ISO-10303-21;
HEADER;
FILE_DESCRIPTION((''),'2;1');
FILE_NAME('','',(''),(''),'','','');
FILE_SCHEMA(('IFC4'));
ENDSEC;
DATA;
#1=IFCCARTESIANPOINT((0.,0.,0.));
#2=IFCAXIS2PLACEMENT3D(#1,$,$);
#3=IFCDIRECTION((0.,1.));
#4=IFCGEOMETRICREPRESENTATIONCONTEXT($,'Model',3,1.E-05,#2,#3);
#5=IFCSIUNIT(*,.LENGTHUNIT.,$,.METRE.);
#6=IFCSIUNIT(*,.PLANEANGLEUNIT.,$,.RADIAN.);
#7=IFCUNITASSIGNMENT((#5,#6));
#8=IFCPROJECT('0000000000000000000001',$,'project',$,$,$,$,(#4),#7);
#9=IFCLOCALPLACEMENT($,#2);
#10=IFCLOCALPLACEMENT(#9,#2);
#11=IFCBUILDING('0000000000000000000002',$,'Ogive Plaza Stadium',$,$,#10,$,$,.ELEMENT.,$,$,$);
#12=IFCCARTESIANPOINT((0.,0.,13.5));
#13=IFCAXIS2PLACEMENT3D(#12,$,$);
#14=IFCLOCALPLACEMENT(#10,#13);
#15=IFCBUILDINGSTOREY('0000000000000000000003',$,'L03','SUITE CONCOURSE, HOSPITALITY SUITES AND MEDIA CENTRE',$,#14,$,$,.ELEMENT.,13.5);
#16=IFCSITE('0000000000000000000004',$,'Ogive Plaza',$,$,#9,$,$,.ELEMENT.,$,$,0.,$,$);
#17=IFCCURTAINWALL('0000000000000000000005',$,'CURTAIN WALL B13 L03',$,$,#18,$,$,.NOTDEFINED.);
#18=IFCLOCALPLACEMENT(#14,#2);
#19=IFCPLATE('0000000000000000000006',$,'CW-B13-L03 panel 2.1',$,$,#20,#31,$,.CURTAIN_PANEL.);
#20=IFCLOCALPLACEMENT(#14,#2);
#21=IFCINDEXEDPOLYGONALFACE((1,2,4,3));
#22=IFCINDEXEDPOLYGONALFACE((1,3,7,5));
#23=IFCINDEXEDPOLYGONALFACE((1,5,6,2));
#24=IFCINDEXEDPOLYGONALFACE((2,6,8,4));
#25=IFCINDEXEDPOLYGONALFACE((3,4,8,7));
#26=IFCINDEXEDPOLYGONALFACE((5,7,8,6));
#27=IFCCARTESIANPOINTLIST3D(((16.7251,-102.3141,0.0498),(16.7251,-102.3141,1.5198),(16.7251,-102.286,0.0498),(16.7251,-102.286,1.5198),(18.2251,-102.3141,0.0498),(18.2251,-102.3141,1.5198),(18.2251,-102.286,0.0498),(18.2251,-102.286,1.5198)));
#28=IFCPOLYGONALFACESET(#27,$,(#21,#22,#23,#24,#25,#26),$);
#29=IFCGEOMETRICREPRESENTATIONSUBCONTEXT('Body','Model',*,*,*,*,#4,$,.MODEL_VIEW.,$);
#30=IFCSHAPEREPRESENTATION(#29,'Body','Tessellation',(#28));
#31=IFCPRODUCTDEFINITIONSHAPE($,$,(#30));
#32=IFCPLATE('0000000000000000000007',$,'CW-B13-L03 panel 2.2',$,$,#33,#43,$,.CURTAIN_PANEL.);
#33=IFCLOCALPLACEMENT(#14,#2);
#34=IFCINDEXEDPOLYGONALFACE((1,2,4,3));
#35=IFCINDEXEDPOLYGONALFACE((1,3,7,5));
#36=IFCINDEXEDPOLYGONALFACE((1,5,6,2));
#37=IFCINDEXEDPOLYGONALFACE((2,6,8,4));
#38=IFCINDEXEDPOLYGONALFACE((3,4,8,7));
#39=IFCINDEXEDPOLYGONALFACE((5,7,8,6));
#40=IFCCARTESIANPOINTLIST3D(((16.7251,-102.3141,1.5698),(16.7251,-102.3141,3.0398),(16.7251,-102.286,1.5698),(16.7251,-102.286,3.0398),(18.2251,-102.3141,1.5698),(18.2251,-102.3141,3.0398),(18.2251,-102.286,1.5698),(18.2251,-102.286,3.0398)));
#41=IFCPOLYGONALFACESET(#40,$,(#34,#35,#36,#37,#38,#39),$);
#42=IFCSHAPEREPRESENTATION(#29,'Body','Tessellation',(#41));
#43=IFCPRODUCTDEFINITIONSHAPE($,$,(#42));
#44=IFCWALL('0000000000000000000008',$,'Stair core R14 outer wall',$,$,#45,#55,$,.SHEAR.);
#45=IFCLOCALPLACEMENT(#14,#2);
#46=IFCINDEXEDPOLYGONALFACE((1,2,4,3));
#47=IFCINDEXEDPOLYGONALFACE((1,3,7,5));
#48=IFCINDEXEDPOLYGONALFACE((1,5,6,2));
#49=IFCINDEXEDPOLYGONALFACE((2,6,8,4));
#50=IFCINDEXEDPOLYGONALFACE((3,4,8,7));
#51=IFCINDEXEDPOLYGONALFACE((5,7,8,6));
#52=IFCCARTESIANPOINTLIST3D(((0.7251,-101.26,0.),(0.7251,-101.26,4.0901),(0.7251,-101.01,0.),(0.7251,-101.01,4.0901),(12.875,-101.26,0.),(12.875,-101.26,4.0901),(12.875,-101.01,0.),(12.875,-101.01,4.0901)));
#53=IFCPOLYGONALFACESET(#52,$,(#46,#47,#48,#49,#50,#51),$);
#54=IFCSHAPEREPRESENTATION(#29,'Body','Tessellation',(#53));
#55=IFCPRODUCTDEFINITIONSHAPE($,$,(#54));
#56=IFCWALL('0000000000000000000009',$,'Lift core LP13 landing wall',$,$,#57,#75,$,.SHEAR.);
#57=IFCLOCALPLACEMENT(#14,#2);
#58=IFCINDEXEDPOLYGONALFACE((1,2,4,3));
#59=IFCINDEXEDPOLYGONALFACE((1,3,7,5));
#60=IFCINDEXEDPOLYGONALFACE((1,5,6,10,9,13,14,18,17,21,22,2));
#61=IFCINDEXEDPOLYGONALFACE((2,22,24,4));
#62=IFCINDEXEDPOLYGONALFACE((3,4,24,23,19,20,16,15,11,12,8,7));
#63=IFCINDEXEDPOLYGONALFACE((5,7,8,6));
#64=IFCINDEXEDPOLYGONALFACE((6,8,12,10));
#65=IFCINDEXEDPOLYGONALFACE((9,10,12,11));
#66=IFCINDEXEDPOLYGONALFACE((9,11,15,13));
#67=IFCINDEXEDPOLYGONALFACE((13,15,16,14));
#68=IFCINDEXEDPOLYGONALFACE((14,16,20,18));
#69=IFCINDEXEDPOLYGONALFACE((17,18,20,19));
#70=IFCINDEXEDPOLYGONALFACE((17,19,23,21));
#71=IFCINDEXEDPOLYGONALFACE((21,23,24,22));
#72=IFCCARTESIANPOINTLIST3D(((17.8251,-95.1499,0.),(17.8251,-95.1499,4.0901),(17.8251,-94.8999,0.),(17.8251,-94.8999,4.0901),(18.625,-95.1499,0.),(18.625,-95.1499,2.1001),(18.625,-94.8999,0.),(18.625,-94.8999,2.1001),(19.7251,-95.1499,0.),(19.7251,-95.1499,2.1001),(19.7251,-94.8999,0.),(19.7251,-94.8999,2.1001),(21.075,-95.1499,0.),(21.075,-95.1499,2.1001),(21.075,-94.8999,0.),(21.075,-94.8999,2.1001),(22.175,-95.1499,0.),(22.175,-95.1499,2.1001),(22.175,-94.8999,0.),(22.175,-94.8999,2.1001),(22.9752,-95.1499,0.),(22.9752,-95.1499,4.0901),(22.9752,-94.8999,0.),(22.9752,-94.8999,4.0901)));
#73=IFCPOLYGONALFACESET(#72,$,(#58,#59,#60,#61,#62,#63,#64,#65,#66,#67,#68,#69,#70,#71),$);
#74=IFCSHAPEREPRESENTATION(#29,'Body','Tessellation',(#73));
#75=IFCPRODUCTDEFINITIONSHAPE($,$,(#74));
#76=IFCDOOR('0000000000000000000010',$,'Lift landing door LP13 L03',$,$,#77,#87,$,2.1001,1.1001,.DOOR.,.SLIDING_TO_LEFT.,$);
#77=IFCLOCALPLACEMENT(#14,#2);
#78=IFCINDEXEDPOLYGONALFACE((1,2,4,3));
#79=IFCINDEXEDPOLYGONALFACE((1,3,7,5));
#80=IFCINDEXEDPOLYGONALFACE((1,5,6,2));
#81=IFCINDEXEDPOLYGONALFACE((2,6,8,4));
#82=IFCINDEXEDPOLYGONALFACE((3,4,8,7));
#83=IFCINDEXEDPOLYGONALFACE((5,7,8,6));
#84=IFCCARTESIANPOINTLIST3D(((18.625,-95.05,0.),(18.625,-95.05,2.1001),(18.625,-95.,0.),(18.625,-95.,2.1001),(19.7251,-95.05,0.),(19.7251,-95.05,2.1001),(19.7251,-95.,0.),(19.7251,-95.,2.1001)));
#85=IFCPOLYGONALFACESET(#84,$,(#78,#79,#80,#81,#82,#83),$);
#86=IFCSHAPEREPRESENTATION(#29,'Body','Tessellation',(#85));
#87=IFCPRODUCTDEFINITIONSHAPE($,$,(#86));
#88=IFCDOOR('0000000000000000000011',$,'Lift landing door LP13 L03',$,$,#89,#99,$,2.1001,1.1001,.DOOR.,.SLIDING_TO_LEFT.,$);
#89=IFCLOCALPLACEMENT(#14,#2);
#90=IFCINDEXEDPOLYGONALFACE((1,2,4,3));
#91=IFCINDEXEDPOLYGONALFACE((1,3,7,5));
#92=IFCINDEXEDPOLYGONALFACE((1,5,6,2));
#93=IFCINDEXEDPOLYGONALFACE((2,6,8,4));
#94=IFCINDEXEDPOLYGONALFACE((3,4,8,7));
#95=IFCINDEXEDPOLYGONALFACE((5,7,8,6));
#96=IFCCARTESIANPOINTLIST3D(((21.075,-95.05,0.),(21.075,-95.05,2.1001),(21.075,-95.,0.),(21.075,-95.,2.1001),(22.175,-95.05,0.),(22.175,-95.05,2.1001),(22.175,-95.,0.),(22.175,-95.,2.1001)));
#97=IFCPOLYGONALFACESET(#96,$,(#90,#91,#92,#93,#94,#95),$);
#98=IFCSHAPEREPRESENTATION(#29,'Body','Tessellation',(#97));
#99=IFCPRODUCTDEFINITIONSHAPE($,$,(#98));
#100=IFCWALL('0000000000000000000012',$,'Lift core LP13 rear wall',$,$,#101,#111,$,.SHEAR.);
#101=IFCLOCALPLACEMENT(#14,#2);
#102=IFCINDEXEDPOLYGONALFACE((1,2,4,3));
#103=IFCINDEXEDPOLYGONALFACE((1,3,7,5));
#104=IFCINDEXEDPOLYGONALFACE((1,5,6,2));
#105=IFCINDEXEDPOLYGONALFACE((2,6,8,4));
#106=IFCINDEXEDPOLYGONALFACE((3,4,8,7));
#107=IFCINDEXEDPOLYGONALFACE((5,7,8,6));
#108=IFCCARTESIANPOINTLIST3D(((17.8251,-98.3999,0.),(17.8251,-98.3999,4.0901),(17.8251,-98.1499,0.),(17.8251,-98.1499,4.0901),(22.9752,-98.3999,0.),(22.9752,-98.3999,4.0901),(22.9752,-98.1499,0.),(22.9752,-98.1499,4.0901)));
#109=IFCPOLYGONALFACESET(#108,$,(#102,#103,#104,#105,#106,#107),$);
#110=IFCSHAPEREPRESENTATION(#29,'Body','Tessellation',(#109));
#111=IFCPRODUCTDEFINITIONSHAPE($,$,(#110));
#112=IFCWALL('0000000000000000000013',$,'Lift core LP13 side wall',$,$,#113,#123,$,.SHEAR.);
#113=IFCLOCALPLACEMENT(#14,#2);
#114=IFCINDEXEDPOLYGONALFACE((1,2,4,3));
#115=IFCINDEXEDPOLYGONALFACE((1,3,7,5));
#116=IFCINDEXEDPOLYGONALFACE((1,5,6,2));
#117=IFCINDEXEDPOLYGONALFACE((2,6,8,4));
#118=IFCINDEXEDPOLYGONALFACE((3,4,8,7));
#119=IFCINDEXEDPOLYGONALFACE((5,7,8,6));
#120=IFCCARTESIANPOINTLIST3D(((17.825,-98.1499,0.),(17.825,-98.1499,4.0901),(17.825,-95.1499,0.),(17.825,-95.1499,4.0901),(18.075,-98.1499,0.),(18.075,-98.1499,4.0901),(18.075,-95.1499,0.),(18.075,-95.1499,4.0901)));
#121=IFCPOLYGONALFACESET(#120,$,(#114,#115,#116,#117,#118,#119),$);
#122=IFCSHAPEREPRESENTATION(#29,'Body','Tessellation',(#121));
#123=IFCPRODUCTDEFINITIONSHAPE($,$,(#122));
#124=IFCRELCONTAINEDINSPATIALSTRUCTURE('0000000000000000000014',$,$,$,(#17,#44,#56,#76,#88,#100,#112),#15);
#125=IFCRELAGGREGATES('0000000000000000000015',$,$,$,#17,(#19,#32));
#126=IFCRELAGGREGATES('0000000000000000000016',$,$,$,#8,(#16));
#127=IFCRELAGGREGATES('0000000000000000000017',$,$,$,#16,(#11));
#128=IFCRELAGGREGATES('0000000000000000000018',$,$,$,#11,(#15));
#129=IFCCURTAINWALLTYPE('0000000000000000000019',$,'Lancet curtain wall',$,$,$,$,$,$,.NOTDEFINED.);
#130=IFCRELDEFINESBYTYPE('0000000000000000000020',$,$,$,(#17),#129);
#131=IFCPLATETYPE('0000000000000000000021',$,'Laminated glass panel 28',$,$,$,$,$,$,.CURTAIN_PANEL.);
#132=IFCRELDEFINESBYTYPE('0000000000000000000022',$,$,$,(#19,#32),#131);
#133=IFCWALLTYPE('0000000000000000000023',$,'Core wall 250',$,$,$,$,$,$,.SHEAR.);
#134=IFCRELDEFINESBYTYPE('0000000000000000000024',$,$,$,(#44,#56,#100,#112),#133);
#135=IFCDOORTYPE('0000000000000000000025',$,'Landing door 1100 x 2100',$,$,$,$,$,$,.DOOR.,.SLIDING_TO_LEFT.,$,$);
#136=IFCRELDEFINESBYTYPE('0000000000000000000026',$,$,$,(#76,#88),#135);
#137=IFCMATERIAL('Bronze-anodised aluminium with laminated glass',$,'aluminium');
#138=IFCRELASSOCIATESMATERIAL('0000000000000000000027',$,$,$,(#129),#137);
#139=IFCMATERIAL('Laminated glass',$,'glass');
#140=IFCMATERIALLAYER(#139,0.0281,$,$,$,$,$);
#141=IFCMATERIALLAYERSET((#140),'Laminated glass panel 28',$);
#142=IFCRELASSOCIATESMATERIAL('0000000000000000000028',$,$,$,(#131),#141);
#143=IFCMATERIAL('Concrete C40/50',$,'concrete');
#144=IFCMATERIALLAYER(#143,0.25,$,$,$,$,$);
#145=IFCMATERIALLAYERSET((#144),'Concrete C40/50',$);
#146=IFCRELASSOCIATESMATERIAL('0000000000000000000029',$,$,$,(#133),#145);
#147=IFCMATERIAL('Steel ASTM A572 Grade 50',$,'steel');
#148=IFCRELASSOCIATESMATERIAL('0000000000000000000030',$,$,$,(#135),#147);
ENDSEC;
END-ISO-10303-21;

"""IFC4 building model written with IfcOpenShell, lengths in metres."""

from ifc_helpers import new_model, si_unit, direction, frame, frame_2d, origin, origin_2d, place, context, subcontext, project, spatial, rectangle, extrude, material, layer, layer_set, type_object, element, fill, aggregate, save


model = new_model("IFC4")

# Units and contexts
model_context = context("Model", 3, precision=1e-05, world=origin(), true_north=direction((0.0, 1.0)))
body_context = subcontext(model_context, "Body", "Model", "MODEL_VIEW")
ifc_project = project(units=[si_unit("LENGTHUNIT", "METRE"), si_unit("PLANEANGLEUNIT", "RADIAN")], contexts=[model_context])

# Site, building, storey
site_placement = place(None, origin())
site = spatial("IfcSite", under=ifc_project, at=site_placement, Name="Ogive Plaza", CompositionType="ELEMENT", RefElevation=0.0)
building_placement = place(site_placement, origin())
building = spatial("IfcBuilding", under=site, at=building_placement, Name="Ogive Plaza Stadium", CompositionType="ELEMENT")
storey_placement = place(building_placement, frame((0.0, 0.0, 13.5)))
storey = spatial("IfcBuildingStorey", under=building, at=storey_placement, Name="L03", Description="SUITE CONCOURSE, HOSPITALITY SUITES AND MEDIA CENTRE", CompositionType="ELEMENT", Elevation=13.5)

# Curtain wall, plates
ifc_material_1 = material(Name="Bronze-anodised aluminium with laminated glass", Category="aluminium")
curtain_wall_type = type_object("IfcCurtainWallType", Name="Lancet curtain wall", PredefinedType="NOTDEFINED", material=ifc_material_1)
curtain_wall_placement = place(storey_placement, origin())
curtain_wall = element("IfcCurtainWall", 1, at=curtain_wall_placement, inside=storey, type_object=curtain_wall_type, Name="CURTAIN WALL B13 L03", PredefinedType="NOTDEFINED")
ifc_material_2 = material(Name="Laminated glass", Category="glass")
ifc_layer_1 = layer(ifc_material_2, 0.0281)
ifc_layer_set_1 = layer_set([ifc_layer_1], Name="Laminated glass panel 28")
plate_type = type_object("IfcPlateType", Name="Laminated glass panel 28", PredefinedType="CURTAIN_PANEL", material=ifc_layer_set_1)
plate_1_placement = place(storey_placement, frame((17.4751, -102.3, 0.0498), z_axis=(0.0, 0.0, 1.0), x_axis=(-1.0, 0.0, 0.0)))
plate_1 = element("IfcPlate", 2, at=plate_1_placement, type_object=plate_type, Name="CW-B13-L03 panel 2.1", PredefinedType="CURTAIN_PANEL", context=body_context, shape_type="SweptSolid", body=[
    extrude(rectangle(XDim=1.5, YDim=0.0281, at=origin_2d()), origin(), (0.0, 0.0, 1.0), 1.47),
])
plate_2_placement = place(storey_placement, frame((17.4751, -102.3, 1.5698), z_axis=(0.0, 0.0, 1.0), x_axis=(-1.0, 0.0, 0.0)))
plate_2 = element("IfcPlate", 3, at=plate_2_placement, type_object=plate_type, Name="CW-B13-L03 panel 2.2", PredefinedType="CURTAIN_PANEL", context=body_context, shape_type="SweptSolid", body=[
    extrude(rectangle(XDim=1.5, YDim=0.0281, at=origin_2d()), origin(), (0.0, 0.0, 1.0), 1.47),
])
aggregate(curtain_wall, [plate_1, plate_2])

# Wall
ifc_material_3 = material(Name="Concrete C40/50", Category="concrete")
ifc_layer_2 = layer(ifc_material_3, 0.25)
ifc_layer_set_2 = layer_set([ifc_layer_2], Name="Concrete C40/50")
wall_type = type_object("IfcWallType", Name="Core wall 250", PredefinedType="SHEAR", material=ifc_layer_set_2)
wall_1_placement = place(storey_placement, frame((0.7251, -101.135, 0.0), z_axis=(0.0, 0.0, 1.0), x_axis=(1.0, 0.0, 0.0)))
element("IfcWall", 4, at=wall_1_placement, inside=storey, type_object=wall_type, Name="Stair core R14 outer wall", PredefinedType="SHEAR", context=body_context, shape_type="SweptSolid", body=[
    extrude(rectangle(XDim=12.1499, YDim=0.25, at=frame_2d((6.075, 0.0))), origin(), (0.0, 0.0, 1.0), 4.0901),
])

# Wall, openings, doors
wall_2_placement = place(storey_placement, frame((17.825, -95.0249, 0.0), z_axis=(0.0, 0.0, 1.0), x_axis=(1.0, 0.0, 0.0)))
wall_2 = element("IfcWall", 5, at=wall_2_placement, inside=storey, type_object=wall_type, Name="Lift core LP13 landing wall", PredefinedType="SHEAR", context=body_context, shape_type="SweptSolid", body=[
    extrude(rectangle(XDim=5.1501, YDim=0.25, at=frame_2d((2.5752, 0.0))), origin(), (0.0, 0.0, 1.0), 4.0901),
])
opening_1_placement = place(wall_2_placement, frame((0.8, 0.0, 0.0)))
opening_1 = element("IfcOpeningElement", 6, at=opening_1_placement, cuts=wall_2, PredefinedType="OPENING", context=body_context, shape_type="SweptSolid", body=[
    extrude(rectangle(XDim=1.1001, YDim=2.1001, at=frame_2d((0.55, 1.05))), frame((0.0, 0.125, 0.0), z_axis=(0.0, -1.0, 0.0), x_axis=(1.0, 0.0, 0.0)), (0.0, 0.0, 1.0), 0.25),
])
opening_2_placement = place(wall_2_placement, frame((3.25, 0.0, 0.0)))
opening_2 = element("IfcOpeningElement", 7, at=opening_2_placement, cuts=wall_2, PredefinedType="OPENING", context=body_context, shape_type="SweptSolid", body=[
    extrude(rectangle(XDim=1.1001, YDim=2.1001, at=frame_2d((0.55, 1.05))), frame((0.0, 0.125, 0.0), z_axis=(0.0, -1.0, 0.0), x_axis=(1.0, 0.0, 0.0)), (0.0, 0.0, 1.0), 0.25),
])
ifc_material_4 = material(Name="Steel ASTM A572 Grade 50", Category="steel")
door_type = type_object("IfcDoorType", Name="Landing door 1100 x 2100", OperationType="SLIDING_TO_LEFT", PredefinedType="DOOR", material=ifc_material_4)
door_1_placement = place(opening_1_placement, origin())
door_1 = element("IfcDoor", 8, at=door_1_placement, inside=storey, type_object=door_type, Name="Lift landing door LP13 L03", OperationType="SLIDING_TO_LEFT", OverallHeight=2.1001, OverallWidth=1.1001, PredefinedType="DOOR", context=body_context, shape_type="SweptSolid", body=[
    extrude(rectangle(XDim=1.1001, YDim=2.1001, at=frame_2d((0.55, 1.05))), frame((0.0, 0.0249, 0.0), z_axis=(0.0, -1.0, 0.0), x_axis=(1.0, 0.0, 0.0)), (0.0, 0.0, 1.0), 0.05),
])
fill(opening_1, door_1)
door_2_placement = place(opening_2_placement, origin())
door_2 = element("IfcDoor", 9, at=door_2_placement, inside=storey, type_object=door_type, Name="Lift landing door LP13 L03", OperationType="SLIDING_TO_LEFT", OverallHeight=2.1001, OverallWidth=1.1001, PredefinedType="DOOR", context=body_context, shape_type="SweptSolid", body=[
    extrude(rectangle(XDim=1.1001, YDim=2.1001, at=frame_2d((0.55, 1.05))), frame((0.0, 0.0249, 0.0), z_axis=(0.0, -1.0, 0.0), x_axis=(1.0, 0.0, 0.0)), (0.0, 0.0, 1.0), 0.05),
])
fill(opening_2, door_2)

# Walls
wall_3_placement = place(storey_placement, frame((17.825, -98.2749, 0.0), z_axis=(0.0, 0.0, 1.0), x_axis=(1.0, 0.0, 0.0)))
element("IfcWall", 10, at=wall_3_placement, inside=storey, type_object=wall_type, Name="Lift core LP13 rear wall", PredefinedType="SHEAR", context=body_context, shape_type="SweptSolid", body=[
    extrude(rectangle(XDim=5.1501, YDim=0.25, at=frame_2d((2.5752, 0.0))), origin(), (0.0, 0.0, 1.0), 4.0901),
])
wall_4_placement = place(storey_placement, frame((17.95, -95.1499, 0.0), z_axis=(0.0, 0.0, 1.0), x_axis=(0.0, -1.0, 0.0)))
element("IfcWall", 11, at=wall_4_placement, inside=storey, type_object=wall_type, Name="Lift core LP13 side wall", PredefinedType="SHEAR", context=body_context, shape_type="SweptSolid", body=[
    extrude(rectangle(XDim=3.0, YDim=0.25, at=frame_2d((1.5, 0.0))), origin(), (0.0, 0.0, 1.0), 4.0901),
])

save(model, "model.ifc")
